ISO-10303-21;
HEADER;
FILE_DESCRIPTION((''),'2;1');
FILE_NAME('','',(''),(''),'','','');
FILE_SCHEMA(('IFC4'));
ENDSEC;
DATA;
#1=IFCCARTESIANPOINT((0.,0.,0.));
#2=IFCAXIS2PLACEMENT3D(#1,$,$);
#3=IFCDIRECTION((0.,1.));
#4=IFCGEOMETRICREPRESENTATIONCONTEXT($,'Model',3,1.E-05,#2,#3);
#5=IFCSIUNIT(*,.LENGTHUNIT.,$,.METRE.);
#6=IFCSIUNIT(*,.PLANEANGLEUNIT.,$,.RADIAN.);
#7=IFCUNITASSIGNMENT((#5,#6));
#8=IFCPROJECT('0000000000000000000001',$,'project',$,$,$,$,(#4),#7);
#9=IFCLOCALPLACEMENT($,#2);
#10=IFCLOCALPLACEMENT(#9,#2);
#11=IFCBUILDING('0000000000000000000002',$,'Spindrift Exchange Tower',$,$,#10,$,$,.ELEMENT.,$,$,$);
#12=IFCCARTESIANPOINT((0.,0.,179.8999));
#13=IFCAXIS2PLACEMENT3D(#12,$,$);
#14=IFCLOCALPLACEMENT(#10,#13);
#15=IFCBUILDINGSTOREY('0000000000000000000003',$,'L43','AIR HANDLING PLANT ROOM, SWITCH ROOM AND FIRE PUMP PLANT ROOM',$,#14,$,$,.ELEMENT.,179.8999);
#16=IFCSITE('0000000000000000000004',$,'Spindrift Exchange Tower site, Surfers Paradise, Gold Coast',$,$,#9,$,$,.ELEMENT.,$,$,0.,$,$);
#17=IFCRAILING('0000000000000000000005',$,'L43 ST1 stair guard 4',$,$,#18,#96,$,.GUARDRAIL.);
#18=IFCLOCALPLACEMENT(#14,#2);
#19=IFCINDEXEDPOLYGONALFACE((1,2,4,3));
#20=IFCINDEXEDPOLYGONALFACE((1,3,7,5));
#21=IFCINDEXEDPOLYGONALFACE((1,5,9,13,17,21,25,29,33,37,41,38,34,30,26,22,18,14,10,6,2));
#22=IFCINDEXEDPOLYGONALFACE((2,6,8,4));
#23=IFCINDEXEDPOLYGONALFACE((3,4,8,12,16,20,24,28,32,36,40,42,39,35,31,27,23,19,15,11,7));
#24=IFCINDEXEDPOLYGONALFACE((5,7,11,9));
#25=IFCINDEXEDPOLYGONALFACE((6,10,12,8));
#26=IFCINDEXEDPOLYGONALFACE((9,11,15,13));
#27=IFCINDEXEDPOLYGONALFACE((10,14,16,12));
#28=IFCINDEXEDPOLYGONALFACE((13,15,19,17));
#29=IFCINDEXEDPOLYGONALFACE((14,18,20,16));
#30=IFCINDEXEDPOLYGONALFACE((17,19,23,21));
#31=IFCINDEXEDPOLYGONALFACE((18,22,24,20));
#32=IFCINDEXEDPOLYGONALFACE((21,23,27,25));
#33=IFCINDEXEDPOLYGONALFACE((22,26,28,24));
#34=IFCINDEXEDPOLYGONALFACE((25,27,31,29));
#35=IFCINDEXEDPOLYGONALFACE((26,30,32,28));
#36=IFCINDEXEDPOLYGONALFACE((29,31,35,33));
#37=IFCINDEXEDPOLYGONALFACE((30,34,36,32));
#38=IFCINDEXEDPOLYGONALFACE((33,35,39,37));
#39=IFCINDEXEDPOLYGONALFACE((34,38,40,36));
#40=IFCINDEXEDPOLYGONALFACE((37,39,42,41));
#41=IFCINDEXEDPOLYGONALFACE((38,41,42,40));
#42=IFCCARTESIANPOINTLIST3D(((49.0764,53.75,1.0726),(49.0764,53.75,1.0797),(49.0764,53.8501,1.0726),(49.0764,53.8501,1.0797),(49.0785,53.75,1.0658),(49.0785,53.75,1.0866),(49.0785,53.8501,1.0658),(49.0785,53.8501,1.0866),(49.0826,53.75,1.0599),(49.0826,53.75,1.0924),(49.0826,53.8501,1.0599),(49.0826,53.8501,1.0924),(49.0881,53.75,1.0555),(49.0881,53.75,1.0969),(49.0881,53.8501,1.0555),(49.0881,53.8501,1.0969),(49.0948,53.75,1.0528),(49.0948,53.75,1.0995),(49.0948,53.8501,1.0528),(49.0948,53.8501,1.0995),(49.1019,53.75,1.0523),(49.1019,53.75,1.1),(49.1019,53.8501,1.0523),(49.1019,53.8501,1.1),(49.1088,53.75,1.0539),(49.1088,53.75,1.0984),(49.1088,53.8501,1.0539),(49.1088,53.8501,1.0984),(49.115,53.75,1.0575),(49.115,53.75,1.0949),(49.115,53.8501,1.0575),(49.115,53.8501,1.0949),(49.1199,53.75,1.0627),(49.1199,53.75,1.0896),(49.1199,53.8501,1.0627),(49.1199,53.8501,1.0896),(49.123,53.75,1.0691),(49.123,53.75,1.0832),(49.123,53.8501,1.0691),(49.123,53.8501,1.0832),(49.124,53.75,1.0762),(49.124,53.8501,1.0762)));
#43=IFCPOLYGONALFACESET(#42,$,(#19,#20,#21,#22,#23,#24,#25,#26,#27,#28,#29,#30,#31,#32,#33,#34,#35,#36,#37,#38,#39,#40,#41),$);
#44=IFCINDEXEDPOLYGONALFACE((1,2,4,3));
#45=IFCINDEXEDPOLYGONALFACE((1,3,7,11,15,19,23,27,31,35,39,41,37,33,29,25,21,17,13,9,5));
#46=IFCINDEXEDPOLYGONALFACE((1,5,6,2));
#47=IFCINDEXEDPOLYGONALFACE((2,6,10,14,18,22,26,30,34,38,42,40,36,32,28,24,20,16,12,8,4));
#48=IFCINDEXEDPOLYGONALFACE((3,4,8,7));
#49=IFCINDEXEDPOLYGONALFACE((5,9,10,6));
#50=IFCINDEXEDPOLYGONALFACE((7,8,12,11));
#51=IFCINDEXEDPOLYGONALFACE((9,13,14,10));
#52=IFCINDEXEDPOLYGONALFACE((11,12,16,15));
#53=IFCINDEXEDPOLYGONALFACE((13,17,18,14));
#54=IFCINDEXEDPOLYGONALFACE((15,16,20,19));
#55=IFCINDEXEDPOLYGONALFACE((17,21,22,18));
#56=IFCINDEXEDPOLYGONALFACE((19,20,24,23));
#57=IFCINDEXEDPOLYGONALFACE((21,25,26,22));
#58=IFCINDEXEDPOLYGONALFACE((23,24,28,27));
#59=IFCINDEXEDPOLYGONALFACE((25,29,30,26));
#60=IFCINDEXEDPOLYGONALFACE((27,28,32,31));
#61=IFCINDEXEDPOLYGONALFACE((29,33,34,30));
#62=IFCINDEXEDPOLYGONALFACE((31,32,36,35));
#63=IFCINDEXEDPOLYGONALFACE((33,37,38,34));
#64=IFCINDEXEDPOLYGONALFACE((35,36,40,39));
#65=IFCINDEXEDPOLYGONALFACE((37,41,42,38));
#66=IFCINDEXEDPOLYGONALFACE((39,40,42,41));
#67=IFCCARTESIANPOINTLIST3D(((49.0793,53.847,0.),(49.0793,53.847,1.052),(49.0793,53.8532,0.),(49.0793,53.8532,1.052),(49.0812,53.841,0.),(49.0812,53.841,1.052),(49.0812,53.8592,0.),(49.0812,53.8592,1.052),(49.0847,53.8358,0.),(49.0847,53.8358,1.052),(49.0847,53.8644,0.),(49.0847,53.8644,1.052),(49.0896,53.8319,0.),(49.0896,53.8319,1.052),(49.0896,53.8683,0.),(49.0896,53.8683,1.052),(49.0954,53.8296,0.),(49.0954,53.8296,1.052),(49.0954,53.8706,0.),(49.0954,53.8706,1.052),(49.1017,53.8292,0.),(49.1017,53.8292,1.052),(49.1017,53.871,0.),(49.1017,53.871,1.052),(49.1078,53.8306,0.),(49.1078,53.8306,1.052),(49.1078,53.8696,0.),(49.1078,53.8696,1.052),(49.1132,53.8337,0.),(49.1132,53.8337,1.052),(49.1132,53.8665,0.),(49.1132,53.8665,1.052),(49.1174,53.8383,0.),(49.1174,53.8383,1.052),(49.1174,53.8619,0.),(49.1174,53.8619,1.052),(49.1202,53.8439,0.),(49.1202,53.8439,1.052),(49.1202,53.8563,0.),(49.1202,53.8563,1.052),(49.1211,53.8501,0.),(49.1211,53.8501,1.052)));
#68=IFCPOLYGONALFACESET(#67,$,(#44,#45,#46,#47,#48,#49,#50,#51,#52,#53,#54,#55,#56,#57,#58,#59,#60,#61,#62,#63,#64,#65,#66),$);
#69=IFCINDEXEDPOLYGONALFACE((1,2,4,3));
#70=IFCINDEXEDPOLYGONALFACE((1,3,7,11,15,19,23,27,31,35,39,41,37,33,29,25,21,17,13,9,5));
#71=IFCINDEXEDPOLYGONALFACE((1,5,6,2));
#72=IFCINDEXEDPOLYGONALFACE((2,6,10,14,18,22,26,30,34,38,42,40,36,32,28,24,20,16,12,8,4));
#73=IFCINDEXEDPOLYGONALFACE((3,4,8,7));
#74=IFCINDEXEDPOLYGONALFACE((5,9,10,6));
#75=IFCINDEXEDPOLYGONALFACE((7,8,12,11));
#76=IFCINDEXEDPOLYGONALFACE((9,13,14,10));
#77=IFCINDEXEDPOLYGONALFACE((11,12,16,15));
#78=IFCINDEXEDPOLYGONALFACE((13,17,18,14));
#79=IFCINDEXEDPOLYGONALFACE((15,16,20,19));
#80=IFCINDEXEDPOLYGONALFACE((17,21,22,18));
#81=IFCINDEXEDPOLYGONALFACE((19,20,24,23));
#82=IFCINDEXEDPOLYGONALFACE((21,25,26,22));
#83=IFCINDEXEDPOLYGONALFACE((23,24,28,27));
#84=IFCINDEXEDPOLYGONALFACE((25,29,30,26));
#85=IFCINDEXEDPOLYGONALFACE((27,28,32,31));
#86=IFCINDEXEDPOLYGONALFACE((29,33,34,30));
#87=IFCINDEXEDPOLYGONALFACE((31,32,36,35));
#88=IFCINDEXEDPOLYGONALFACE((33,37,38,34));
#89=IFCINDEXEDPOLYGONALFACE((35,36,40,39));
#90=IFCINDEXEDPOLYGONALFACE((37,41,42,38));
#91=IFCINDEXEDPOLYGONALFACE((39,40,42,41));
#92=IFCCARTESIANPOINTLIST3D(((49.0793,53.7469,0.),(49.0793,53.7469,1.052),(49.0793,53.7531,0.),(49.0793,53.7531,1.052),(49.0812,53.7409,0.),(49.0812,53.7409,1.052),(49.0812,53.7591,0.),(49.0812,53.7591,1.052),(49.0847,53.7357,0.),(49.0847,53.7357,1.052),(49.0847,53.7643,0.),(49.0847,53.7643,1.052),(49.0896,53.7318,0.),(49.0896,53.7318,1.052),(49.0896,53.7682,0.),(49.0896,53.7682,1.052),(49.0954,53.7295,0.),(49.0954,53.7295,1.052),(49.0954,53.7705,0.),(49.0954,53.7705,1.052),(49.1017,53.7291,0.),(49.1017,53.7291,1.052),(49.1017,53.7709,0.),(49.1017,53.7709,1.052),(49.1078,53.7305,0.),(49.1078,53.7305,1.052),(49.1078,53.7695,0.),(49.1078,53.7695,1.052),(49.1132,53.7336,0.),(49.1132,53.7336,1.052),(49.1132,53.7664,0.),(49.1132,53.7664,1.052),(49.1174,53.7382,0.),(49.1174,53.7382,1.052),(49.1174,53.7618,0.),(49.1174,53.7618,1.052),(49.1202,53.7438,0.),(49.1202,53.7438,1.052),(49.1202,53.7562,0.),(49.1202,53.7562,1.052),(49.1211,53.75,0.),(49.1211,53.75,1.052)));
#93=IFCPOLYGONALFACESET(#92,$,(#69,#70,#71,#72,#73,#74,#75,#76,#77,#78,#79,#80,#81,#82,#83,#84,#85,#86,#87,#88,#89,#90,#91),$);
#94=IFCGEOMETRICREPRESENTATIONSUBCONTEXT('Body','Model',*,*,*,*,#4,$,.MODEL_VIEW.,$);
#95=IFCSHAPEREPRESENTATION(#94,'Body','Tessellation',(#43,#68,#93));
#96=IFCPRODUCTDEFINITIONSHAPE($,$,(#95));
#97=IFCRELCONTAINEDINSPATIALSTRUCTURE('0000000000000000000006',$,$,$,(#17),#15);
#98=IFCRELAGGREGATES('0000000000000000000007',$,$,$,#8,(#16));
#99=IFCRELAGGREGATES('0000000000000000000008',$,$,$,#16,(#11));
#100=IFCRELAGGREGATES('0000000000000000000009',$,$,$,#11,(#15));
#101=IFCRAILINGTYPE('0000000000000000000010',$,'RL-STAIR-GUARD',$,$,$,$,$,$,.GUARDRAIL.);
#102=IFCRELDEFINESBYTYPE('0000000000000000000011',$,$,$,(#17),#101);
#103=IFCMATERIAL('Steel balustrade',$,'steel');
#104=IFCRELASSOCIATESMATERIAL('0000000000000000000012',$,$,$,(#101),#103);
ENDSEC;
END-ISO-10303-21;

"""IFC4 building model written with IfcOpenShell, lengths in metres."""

from ifc_helpers import new_model, si_unit, direction, frame, origin, origin_2d, place, context, subcontext, project, spatial, circle, extrude, material, type_object, element, save


model = new_model("IFC4")

# Units and contexts
model_context = context("Model", 3, precision=1e-05, world=origin(), true_north=direction((0.0, 1.0)))
body_context = subcontext(model_context, "Body", "Model", "MODEL_VIEW")
ifc_project = project(units=[si_unit("LENGTHUNIT", "METRE"), si_unit("PLANEANGLEUNIT", "RADIAN")], contexts=[model_context])

# Site, building, storey
site_placement = place(None, origin())
site = spatial("IfcSite", under=ifc_project, at=site_placement, Name="Spindrift Exchange Tower site, Surfers Paradise, Gold Coast", CompositionType="ELEMENT", RefElevation=0.0)
building_placement = place(site_placement, origin())
building = spatial("IfcBuilding", under=site, at=building_placement, Name="Spindrift Exchange Tower", CompositionType="ELEMENT")
storey_placement = place(building_placement, frame((0.0, 0.0, 179.8999)))
storey = spatial("IfcBuildingStorey", under=building, at=storey_placement, Name="L43", Description="AIR HANDLING PLANT ROOM, SWITCH ROOM AND FIRE PUMP PLANT ROOM", CompositionType="ELEMENT", Elevation=179.8999)

# Railing
ifc_material_1 = material(Name="Steel balustrade", Category="steel")
railing_type_1 = type_object("IfcRailingType", Name="RL-STAIR-GUARD", PredefinedType="GUARDRAIL", material=ifc_material_1)
railing_1_placement = place(storey_placement, frame((49.1001, 53.8501, 0.0)))
element("IfcRailing", 1, at=railing_1_placement, inside=storey, type_object=railing_type_1, Name="L43 ST1 stair guard 4", PredefinedType="GUARDRAIL", context=body_context, shape_type="SweptSolid", body=[
    extrude(circle(Radius=0.0239, at=origin_2d()), frame((0.0, 0.0, 1.0762), z_axis=(0.0, -1.0, 0.0), x_axis=(1.0, 0.0, 0.0)), (0.0, 0.0, 1.0), 0.1001),
    extrude(circle(Radius=0.021, at=origin_2d()), origin(), (0.0, 0.0, 1.0), 1.052),
    extrude(circle(Radius=0.021, at=origin_2d()), frame((0.0, -0.1001, 0.0)), (0.0, 0.0, 1.0), 1.052),
])

save(model, "model.ifc")
